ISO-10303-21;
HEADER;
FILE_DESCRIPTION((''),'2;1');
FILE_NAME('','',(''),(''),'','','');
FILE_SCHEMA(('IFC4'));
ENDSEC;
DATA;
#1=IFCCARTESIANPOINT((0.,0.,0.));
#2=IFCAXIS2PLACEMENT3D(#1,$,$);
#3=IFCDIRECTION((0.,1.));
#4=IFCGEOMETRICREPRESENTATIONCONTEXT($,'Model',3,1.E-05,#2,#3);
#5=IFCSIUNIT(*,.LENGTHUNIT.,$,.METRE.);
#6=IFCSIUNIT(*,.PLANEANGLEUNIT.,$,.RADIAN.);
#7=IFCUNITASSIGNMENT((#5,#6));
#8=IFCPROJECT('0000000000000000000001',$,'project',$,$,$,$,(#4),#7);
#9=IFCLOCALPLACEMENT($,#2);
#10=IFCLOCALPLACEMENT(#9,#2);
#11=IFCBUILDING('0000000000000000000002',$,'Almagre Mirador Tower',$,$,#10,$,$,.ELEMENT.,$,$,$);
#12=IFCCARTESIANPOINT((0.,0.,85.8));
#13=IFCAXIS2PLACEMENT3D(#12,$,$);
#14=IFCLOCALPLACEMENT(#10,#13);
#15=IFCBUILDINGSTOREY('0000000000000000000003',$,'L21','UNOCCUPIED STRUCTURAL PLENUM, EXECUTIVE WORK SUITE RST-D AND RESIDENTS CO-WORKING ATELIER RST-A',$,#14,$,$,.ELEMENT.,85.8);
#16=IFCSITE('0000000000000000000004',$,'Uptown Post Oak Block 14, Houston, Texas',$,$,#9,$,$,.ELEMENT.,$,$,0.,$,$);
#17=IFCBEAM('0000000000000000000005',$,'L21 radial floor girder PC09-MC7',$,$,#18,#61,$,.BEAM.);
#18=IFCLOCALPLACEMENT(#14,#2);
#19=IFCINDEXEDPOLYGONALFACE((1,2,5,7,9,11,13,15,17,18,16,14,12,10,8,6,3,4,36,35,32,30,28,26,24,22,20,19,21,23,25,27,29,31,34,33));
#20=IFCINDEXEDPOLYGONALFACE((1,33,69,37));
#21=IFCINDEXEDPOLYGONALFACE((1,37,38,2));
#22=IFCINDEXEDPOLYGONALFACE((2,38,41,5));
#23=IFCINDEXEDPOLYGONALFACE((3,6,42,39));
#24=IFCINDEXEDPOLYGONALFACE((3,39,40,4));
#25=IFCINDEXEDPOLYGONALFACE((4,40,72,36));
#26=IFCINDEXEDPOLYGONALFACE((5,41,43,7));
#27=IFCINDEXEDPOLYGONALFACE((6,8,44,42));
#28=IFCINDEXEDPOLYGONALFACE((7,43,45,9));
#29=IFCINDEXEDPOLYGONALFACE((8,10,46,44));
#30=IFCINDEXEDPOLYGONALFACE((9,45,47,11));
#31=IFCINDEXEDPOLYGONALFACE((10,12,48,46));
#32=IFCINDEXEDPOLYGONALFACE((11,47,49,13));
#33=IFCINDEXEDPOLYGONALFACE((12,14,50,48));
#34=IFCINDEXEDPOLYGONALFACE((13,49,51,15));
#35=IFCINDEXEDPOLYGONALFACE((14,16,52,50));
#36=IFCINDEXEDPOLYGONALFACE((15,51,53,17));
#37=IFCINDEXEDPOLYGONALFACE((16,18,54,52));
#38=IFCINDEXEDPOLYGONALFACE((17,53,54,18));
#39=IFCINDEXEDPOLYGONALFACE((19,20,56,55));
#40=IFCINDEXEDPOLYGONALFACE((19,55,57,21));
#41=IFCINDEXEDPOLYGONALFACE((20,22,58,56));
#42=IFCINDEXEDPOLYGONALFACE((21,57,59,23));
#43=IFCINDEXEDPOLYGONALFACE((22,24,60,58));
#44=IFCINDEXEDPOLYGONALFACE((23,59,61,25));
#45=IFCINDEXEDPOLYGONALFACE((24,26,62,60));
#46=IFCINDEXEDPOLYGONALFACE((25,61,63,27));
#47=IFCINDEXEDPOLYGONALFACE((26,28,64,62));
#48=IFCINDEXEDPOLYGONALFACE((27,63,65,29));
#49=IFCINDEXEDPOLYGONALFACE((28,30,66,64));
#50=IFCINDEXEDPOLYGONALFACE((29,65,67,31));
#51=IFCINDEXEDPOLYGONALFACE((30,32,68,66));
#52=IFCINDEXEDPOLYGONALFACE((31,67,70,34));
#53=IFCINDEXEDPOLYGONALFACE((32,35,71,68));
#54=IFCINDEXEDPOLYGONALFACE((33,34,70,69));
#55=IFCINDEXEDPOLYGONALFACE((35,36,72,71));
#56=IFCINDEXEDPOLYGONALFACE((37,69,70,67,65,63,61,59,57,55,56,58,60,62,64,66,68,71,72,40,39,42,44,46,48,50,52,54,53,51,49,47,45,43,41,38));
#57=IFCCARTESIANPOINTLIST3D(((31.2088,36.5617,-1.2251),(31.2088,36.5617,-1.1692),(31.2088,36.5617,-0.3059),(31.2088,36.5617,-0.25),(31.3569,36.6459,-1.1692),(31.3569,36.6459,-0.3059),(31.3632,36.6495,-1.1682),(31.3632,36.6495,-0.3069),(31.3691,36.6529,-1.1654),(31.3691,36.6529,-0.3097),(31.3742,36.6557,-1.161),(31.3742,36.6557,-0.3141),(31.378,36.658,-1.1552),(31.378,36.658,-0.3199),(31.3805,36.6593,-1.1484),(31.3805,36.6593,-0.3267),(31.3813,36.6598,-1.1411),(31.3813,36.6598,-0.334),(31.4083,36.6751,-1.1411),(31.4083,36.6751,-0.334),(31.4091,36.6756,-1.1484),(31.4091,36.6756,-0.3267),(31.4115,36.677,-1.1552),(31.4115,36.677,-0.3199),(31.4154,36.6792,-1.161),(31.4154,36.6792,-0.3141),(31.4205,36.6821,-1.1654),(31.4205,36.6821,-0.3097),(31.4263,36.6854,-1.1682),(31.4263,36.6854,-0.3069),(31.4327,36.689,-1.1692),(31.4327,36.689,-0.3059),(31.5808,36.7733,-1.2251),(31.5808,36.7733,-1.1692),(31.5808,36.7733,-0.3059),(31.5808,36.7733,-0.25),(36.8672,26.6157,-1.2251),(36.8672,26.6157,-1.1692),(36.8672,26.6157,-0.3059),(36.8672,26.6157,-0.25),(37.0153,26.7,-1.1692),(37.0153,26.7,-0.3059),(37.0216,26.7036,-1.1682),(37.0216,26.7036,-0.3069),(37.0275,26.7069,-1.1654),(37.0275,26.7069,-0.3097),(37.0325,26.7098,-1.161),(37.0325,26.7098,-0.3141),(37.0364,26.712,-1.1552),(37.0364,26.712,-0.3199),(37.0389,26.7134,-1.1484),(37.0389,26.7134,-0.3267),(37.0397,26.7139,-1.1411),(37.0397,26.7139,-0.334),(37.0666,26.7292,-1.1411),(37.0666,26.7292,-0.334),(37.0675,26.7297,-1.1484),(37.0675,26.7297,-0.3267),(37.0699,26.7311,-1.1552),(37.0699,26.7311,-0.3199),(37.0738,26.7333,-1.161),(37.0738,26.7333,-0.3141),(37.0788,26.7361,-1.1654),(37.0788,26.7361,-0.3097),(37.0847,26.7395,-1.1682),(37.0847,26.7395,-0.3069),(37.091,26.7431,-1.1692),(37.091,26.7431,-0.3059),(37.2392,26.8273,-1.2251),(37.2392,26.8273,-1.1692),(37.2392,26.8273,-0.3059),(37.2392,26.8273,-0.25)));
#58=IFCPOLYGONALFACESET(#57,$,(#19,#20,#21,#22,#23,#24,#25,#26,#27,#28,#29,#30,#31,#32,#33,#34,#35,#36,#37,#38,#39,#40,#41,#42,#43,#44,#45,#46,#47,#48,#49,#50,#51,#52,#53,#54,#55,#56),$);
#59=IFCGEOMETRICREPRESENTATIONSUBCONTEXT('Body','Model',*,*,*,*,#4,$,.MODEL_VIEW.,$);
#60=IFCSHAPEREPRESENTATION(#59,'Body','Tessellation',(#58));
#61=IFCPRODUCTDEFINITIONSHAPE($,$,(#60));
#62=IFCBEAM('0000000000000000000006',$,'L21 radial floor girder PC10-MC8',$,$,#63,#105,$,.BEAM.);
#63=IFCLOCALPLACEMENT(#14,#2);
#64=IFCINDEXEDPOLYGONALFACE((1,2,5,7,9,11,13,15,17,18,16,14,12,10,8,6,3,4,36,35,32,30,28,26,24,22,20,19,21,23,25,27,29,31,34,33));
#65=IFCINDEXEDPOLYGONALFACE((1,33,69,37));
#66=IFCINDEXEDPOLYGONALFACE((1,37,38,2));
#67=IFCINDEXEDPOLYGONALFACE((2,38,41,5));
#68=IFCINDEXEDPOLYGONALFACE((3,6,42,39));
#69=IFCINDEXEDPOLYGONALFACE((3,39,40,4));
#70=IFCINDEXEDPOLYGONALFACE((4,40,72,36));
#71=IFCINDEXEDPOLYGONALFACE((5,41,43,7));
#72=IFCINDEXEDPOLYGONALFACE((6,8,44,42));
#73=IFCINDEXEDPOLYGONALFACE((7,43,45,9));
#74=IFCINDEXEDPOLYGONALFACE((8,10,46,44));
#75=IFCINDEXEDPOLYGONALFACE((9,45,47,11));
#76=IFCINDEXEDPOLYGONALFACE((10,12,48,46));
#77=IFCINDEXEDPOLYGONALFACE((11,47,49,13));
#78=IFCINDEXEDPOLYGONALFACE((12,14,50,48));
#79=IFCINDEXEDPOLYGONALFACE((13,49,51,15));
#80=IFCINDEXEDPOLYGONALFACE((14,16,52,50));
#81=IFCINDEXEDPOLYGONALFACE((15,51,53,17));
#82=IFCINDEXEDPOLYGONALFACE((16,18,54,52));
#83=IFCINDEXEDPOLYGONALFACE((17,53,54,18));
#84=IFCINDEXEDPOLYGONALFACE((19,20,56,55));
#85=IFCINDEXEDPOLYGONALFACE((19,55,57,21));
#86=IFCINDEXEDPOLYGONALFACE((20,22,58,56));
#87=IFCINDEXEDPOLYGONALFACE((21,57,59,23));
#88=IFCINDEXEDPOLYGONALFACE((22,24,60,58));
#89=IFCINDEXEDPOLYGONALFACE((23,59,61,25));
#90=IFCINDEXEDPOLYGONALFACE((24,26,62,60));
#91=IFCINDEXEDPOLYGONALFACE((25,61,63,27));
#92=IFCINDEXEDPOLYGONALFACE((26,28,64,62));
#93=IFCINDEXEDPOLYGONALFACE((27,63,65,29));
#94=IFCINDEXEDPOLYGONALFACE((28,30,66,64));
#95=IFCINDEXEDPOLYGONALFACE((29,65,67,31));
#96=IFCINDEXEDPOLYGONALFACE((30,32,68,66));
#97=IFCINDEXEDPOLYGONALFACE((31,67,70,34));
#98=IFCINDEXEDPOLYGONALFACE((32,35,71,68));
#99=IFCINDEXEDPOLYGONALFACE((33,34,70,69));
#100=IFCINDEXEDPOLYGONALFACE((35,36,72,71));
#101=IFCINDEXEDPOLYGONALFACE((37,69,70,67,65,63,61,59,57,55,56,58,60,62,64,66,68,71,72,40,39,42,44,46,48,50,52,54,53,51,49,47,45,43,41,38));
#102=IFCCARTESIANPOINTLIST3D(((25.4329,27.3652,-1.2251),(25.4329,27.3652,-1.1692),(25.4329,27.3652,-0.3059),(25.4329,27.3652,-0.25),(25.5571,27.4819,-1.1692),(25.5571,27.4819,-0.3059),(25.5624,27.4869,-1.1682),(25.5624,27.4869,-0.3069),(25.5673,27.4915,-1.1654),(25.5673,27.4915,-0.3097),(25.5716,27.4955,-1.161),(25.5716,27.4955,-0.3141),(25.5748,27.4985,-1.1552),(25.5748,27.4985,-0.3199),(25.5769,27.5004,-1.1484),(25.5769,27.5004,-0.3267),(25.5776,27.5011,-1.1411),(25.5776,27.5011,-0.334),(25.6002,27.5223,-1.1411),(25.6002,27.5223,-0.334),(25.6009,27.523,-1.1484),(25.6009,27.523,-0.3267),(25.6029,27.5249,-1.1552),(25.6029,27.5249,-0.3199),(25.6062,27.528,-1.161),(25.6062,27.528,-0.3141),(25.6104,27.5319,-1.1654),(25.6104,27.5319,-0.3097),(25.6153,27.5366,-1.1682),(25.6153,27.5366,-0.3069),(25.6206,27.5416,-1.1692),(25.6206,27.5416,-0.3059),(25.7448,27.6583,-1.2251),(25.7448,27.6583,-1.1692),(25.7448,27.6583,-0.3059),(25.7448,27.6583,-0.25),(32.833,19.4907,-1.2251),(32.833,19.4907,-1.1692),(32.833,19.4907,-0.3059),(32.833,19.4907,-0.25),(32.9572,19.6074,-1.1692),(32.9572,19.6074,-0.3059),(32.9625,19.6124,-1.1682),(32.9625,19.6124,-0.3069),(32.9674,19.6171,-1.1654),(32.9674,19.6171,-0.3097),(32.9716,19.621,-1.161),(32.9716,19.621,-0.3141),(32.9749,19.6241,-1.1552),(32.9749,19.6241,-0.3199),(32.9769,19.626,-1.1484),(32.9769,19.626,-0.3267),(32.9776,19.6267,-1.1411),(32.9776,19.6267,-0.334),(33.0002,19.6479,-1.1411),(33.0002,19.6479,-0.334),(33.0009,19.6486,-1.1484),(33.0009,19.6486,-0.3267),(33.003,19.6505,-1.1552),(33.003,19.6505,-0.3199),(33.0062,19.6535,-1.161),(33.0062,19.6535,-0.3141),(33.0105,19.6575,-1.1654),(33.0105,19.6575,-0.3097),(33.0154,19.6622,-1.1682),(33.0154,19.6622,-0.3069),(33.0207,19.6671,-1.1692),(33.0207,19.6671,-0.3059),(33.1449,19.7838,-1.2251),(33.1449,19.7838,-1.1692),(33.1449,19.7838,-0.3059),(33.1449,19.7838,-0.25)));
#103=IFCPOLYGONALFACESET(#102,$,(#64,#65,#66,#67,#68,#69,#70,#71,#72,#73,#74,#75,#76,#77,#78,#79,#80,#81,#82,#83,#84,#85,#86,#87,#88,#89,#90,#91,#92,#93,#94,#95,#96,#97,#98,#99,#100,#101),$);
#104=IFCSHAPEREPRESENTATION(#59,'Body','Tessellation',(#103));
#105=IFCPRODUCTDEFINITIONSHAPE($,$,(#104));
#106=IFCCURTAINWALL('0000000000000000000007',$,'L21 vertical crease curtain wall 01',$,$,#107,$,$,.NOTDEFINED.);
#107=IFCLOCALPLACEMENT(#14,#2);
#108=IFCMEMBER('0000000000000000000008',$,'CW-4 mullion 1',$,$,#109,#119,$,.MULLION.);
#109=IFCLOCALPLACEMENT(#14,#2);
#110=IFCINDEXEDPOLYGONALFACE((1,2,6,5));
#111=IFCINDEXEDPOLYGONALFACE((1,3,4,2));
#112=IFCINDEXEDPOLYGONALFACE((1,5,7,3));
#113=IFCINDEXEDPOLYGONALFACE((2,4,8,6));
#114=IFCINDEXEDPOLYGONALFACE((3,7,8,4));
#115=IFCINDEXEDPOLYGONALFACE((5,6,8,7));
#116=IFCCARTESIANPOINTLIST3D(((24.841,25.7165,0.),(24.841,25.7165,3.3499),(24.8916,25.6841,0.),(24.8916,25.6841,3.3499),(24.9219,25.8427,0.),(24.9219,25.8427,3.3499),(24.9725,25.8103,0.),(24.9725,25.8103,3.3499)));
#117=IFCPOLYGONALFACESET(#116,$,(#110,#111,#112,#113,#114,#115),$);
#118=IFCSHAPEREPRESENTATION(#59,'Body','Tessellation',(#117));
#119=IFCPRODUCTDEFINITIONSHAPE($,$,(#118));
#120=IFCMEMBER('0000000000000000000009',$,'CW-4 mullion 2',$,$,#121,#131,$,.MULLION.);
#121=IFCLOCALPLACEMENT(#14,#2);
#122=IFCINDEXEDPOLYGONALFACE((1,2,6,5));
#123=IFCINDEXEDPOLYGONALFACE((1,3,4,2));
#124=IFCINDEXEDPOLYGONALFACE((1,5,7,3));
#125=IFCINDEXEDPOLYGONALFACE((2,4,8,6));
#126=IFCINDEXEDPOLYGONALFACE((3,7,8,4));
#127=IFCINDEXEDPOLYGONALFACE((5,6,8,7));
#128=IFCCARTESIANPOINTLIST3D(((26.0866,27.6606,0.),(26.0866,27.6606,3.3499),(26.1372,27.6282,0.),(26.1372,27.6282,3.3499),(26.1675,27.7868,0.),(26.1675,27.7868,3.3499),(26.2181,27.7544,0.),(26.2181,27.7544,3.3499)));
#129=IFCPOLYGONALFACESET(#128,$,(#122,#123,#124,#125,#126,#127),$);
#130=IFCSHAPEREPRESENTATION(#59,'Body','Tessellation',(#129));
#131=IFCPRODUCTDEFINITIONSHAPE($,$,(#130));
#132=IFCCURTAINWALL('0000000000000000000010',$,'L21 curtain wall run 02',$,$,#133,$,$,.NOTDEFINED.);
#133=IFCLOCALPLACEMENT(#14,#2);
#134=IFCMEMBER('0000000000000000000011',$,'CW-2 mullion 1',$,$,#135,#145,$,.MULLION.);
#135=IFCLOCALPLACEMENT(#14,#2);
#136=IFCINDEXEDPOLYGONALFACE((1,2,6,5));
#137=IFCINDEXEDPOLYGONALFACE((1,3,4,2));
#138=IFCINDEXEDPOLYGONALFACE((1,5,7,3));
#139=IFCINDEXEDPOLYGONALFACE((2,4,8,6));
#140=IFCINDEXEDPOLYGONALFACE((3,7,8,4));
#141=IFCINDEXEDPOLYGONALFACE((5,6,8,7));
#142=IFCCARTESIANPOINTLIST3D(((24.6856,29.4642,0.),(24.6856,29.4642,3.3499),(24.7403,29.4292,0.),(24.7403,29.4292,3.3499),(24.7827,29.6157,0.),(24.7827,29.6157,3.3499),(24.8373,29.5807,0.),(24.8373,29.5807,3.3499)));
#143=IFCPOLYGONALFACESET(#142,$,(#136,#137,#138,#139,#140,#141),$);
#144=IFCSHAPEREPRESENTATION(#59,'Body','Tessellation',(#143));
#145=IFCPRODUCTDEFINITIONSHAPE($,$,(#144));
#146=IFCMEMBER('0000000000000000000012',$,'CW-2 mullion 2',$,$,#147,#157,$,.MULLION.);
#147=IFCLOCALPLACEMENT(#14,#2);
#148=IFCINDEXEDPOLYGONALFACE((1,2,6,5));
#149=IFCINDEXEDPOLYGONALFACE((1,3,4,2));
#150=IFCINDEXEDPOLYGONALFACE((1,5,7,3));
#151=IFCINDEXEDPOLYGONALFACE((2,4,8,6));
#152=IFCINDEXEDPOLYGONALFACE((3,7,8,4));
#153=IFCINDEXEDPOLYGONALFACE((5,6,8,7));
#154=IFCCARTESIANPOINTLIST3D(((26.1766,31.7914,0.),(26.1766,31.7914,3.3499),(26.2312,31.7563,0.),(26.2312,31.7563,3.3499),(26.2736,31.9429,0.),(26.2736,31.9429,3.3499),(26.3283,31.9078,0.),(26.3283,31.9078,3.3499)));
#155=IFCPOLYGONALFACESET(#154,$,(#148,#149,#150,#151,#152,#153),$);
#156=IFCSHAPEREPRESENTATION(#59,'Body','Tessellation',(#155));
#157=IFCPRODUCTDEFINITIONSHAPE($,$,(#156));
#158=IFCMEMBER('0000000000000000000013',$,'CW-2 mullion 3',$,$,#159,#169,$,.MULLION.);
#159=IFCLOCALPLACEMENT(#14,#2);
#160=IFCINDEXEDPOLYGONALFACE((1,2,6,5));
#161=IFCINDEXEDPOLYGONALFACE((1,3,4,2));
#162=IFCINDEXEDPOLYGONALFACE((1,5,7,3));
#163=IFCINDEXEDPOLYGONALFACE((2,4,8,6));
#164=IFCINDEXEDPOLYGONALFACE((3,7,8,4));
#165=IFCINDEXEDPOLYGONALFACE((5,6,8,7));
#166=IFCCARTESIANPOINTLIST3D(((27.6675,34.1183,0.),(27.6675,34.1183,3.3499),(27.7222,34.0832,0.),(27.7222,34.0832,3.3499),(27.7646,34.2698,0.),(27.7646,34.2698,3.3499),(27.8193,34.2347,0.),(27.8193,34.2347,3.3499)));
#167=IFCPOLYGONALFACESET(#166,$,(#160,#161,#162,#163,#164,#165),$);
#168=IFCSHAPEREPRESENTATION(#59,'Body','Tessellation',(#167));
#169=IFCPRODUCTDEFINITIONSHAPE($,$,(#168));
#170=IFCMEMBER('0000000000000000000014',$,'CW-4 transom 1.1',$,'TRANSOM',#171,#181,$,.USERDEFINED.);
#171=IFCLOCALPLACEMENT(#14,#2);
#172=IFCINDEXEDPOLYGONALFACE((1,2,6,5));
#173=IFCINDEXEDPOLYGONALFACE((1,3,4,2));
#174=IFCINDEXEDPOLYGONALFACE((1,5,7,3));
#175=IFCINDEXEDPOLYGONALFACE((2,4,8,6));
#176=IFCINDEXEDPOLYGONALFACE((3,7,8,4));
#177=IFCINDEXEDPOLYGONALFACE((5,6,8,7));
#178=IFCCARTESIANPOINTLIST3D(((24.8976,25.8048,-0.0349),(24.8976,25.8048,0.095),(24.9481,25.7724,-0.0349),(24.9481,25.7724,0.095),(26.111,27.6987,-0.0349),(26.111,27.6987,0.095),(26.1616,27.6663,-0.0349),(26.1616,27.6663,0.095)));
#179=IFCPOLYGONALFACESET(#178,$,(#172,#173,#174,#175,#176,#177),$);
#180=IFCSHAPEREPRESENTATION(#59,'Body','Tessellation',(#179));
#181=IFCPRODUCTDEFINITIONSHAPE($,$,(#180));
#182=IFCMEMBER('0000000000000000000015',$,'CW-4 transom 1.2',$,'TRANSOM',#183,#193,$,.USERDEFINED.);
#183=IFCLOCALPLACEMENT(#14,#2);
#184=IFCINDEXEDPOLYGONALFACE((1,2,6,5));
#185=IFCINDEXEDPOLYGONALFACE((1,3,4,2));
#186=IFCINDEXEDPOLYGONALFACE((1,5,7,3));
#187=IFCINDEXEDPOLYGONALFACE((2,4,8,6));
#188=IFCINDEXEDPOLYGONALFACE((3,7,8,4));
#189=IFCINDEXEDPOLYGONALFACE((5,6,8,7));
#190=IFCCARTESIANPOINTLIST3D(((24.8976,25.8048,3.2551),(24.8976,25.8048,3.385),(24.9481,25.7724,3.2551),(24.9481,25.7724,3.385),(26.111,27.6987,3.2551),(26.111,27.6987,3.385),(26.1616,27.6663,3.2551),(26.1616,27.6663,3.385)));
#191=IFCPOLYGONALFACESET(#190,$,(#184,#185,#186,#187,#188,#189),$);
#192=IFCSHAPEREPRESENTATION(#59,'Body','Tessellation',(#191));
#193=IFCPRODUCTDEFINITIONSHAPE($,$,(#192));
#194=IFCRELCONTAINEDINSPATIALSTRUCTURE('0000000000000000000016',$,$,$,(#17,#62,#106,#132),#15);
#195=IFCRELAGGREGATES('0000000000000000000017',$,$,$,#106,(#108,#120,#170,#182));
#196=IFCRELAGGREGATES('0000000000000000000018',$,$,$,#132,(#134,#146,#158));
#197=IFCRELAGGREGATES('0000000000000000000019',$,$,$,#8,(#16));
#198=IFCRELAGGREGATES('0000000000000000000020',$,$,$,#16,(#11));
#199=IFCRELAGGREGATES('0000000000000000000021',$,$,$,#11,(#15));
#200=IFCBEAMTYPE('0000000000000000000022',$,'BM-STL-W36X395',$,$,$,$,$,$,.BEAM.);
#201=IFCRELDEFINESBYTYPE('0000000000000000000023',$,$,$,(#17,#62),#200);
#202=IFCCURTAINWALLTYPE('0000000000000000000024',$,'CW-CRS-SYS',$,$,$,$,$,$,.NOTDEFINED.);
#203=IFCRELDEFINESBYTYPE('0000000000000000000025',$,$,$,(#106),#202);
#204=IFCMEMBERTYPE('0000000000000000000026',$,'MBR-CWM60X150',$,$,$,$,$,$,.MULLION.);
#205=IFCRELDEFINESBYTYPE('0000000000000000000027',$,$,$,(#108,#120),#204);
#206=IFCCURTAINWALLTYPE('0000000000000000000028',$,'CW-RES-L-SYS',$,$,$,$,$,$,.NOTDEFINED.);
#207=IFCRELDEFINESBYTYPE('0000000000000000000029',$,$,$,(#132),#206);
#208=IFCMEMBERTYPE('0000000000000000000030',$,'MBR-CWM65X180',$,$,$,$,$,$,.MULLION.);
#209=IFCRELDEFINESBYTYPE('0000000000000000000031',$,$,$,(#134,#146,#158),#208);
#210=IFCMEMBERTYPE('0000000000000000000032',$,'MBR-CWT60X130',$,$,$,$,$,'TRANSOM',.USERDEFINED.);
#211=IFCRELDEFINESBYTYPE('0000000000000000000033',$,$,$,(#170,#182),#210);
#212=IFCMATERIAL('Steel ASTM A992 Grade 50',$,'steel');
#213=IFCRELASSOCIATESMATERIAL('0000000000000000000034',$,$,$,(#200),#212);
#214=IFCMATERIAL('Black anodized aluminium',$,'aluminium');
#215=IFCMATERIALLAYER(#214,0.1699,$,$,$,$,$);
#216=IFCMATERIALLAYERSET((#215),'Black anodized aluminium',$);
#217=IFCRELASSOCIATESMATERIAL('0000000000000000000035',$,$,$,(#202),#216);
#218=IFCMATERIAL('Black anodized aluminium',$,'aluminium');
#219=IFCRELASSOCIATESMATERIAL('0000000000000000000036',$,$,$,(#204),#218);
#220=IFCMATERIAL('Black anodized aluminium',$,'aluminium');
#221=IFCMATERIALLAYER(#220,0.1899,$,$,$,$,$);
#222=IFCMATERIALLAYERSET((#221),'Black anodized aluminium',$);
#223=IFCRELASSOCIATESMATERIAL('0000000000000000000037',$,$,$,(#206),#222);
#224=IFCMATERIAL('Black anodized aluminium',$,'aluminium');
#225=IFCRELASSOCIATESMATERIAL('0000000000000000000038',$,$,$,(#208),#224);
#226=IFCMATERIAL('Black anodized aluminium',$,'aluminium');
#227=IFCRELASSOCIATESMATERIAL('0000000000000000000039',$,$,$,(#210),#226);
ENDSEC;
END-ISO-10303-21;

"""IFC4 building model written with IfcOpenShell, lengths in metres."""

from ifc_helpers import new_model, si_unit, direction, frame, origin, origin_2d, place, context, subcontext, project, spatial, rectangle, i_section, extrude, material, layer, layer_set, material_profile, profile_set, type_object, element, aggregate, save


model = new_model("IFC4")

# Units and contexts
model_context = context("Model", 3, precision=1e-05, world=origin(), true_north=direction((0.0, 1.0)))
body_context = subcontext(model_context, "Body", "Model", "MODEL_VIEW")
ifc_project = project(units=[si_unit("LENGTHUNIT", "METRE"), si_unit("PLANEANGLEUNIT", "RADIAN")], contexts=[model_context])

# Site, building, storey
site_placement = place(None, origin())
site = spatial("IfcSite", under=ifc_project, at=site_placement, Name="Uptown Post Oak Block 14, Houston, Texas", CompositionType="ELEMENT", RefElevation=0.0)
building_placement = place(site_placement, origin())
building = spatial("IfcBuilding", under=site, at=building_placement, Name="Almagre Mirador Tower", CompositionType="ELEMENT")
storey_placement = place(building_placement, frame((0.0, 0.0, 85.8)))
storey = spatial("IfcBuildingStorey", under=building, at=storey_placement, Name="L21", Description="UNOCCUPIED STRUCTURAL PLENUM, EXECUTIVE WORK SUITE RST-D AND RESIDENTS CO-WORKING ATELIER RST-A", CompositionType="ELEMENT", Elevation=85.8)

# Beams
ifc_material_1 = material(Name="Steel ASTM A992 Grade 50", Category="steel")
ifc_material_profile_1 = material_profile(ifc_material_1, i_section(OverallWidth=0.428, OverallDepth=0.9751, WebThickness=0.031, FlangeThickness=0.0559, FilletRadius=0.0281, at=origin_2d()), Name="W36X395")
ifc_profile_set_1 = profile_set([ifc_material_profile_1], Name="Steel ASTM A992 Grade 50")
beam_type_1 = type_object("IfcBeamType", Name="BM-STL-W36X395", PredefinedType="BEAM", material=ifc_profile_set_1)
beam_1_placement = place(storey_placement, frame((31.3948, 36.6675, -0.7375), z_axis=(0.494491, -0.869183, 0.0), x_axis=(0.869183, 0.494491, 0.0)))
element("IfcBeam", 1, at=beam_1_placement, inside=storey, type_object=beam_type_1, Name="L21 radial floor girder PC09-MC7", PredefinedType="BEAM", context=body_context, shape_type="SweptSolid", body=[
    extrude(i_section(OverallWidth=0.428, OverallDepth=0.9751, WebThickness=0.031, FlangeThickness=0.0559, FilletRadius=0.0281, at=origin_2d()), origin(), (0.0, 0.0, 1.0), 11.4429),
])
beam_2_placement = place(storey_placement, frame((25.5889, 27.5117, -0.7375), z_axis=(0.684817, -0.728715, 0.0), x_axis=(0.728715, 0.684817, 0.0)))
element("IfcBeam", 2, at=beam_2_placement, inside=storey, type_object=beam_type_1, Name="L21 radial floor girder PC10-MC8", PredefinedType="BEAM", context=body_context, shape_type="SweptSolid", body=[
    extrude(i_section(OverallWidth=0.428, OverallDepth=0.9751, WebThickness=0.031, FlangeThickness=0.0559, FilletRadius=0.0281, at=origin_2d()), origin(), (0.0, 0.0, 1.0), 10.8059),
])

# Curtain walls, members
ifc_material_2 = material(Name="Black anodized aluminium", Category="aluminium")
ifc_layer_1 = layer(ifc_material_2, 0.1699)
ifc_layer_set_1 = layer_set([ifc_layer_1], Name="Black anodized aluminium")
curtain_wall_type_1 = type_object("IfcCurtainWallType", Name="CW-CRS-SYS", PredefinedType="NOTDEFINED", material=ifc_layer_set_1)
curtain_wall_1_placement = place(storey_placement, origin())
curtain_wall_1 = element("IfcCurtainWall", 3, at=curtain_wall_1_placement, inside=storey, type_object=curtain_wall_type_1, Name="L21 vertical crease curtain wall 01", PredefinedType="NOTDEFINED")
ifc_material_3 = material(Name="Black anodized aluminium", Category="aluminium")
ifc_material_profile_2 = material_profile(ifc_material_3, rectangle(XDim=0.0601, YDim=0.1499, at=origin_2d()), Name="CWM60X150")
ifc_profile_set_2 = profile_set([ifc_material_profile_2], Name="Black anodized aluminium")
member_type_1 = type_object("IfcMemberType", Name="MBR-CWM60X150", PredefinedType="MULLION", material=ifc_profile_set_2)
member_1_placement = place(storey_placement, frame((24.9067, 25.7634, 0.0), z_axis=(0.0, 0.0, 1.0), x_axis=(-0.842017, 0.539451, 0.0)))
member_1 = element("IfcMember", 4, at=member_1_placement, type_object=member_type_1, Name="CW-4 mullion 1", PredefinedType="MULLION", context=body_context, shape_type="SweptSolid", body=[
    extrude(rectangle(XDim=0.0601, YDim=0.1499, at=origin_2d()), origin(), (0.0, 0.0, 1.0), 3.3499),
])
member_2_placement = place(storey_placement, frame((26.1523, 27.7075, 0.0), z_axis=(0.0, 0.0, 1.0), x_axis=(-0.842017, 0.539451, 0.0)))
member_2 = element("IfcMember", 5, at=member_2_placement, type_object=member_type_1, Name="CW-4 mullion 2", PredefinedType="MULLION", context=body_context, shape_type="SweptSolid", body=[
    extrude(rectangle(XDim=0.0601, YDim=0.1499, at=origin_2d()), origin(), (0.0, 0.0, 1.0), 3.3499),
])
ifc_material_4 = material(Name="Black anodized aluminium", Category="aluminium")
ifc_layer_2 = layer(ifc_material_4, 0.1899)
ifc_layer_set_2 = layer_set([ifc_layer_2], Name="Black anodized aluminium")
curtain_wall_type_2 = type_object("IfcCurtainWallType", Name="CW-RES-L-SYS", PredefinedType="NOTDEFINED", material=ifc_layer_set_2)
curtain_wall_2_placement = place(storey_placement, origin())
curtain_wall_2 = element("IfcCurtainWall", 6, at=curtain_wall_2_placement, inside=storey, type_object=curtain_wall_type_2, Name="L21 curtain wall run 02", PredefinedType="NOTDEFINED")
ifc_material_5 = material(Name="Black anodized aluminium", Category="aluminium")
ifc_material_profile_3 = material_profile(ifc_material_5, rectangle(XDim=0.0649, YDim=0.1799, at=origin_2d()), Name="CWM65X180")
ifc_profile_set_3 = profile_set([ifc_material_profile_3], Name="Black anodized aluminium")
member_type_2 = type_object("IfcMemberType", Name="MBR-CWM65X180", PredefinedType="MULLION", material=ifc_profile_set_3)
member_3_placement = place(storey_placement, frame((24.7615, 29.5225, 0.0), z_axis=(0.0, 0.0, 1.0), x_axis=(-0.842008, 0.539465, 0.0)))
member_3 = element("IfcMember", 7, at=member_3_placement, type_object=member_type_2, Name="CW-2 mullion 1", PredefinedType="MULLION", context=body_context, shape_type="SweptSolid", body=[
    extrude(rectangle(XDim=0.0649, YDim=0.1799, at=origin_2d()), origin(), (0.0, 0.0, 1.0), 3.3499),
])
member_4_placement = place(storey_placement, frame((26.2524, 31.8496, 0.0), z_axis=(0.0, 0.0, 1.0), x_axis=(-0.842008, 0.539465, 0.0)))
member_4 = element("IfcMember", 8, at=member_4_placement, type_object=member_type_2, Name="CW-2 mullion 2", PredefinedType="MULLION", context=body_context, shape_type="SweptSolid", body=[
    extrude(rectangle(XDim=0.0649, YDim=0.1799, at=origin_2d()), origin(), (0.0, 0.0, 1.0), 3.3499),
])
member_5_placement = place(storey_placement, frame((27.7434, 34.1765, 0.0), z_axis=(0.0, 0.0, 1.0), x_axis=(-0.842008, 0.539465, 0.0)))
member_5 = element("IfcMember", 9, at=member_5_placement, type_object=member_type_2, Name="CW-2 mullion 3", PredefinedType="MULLION", context=body_context, shape_type="SweptSolid", body=[
    extrude(rectangle(XDim=0.0649, YDim=0.1799, at=origin_2d()), origin(), (0.0, 0.0, 1.0), 3.3499),
])

# Members
ifc_material_6 = material(Name="Black anodized aluminium", Category="aluminium")
ifc_material_profile_4 = material_profile(ifc_material_6, rectangle(XDim=0.0601, YDim=0.1299, at=origin_2d()), Name="CWT60X130")
ifc_profile_set_4 = profile_set([ifc_material_profile_4], Name="Black anodized aluminium")
member_type_3 = type_object("IfcMemberType", Name="MBR-CWT60X130", ElementType="TRANSOM", PredefinedType="USERDEFINED", material=ifc_profile_set_4)
member_6_placement = place(storey_placement, frame((24.9229, 25.7886, 0.03), z_axis=(0.539479, 0.841999, 0.0), x_axis=(-0.841999, 0.539479, 0.0)))
member_6 = element("IfcMember", 10, at=member_6_placement, type_object=member_type_3, Name="CW-4 transom 1.1", ObjectType="TRANSOM", PredefinedType="USERDEFINED", context=body_context, shape_type="SweptSolid", body=[
    extrude(rectangle(XDim=0.0601, YDim=0.1299, at=origin_2d()), origin(), (0.0, 0.0, 1.0), 2.2493),
])
member_7_placement = place(storey_placement, frame((24.9229, 25.7886, 3.3201), z_axis=(0.539479, 0.841999, 0.0), x_axis=(-0.841999, 0.539479, 0.0)))
member_7 = element("IfcMember", 11, at=member_7_placement, type_object=member_type_3, Name="CW-4 transom 1.2", ObjectType="TRANSOM", PredefinedType="USERDEFINED", context=body_context, shape_type="SweptSolid", body=[
    extrude(rectangle(XDim=0.0601, YDim=0.1299, at=origin_2d()), origin(), (0.0, 0.0, 1.0), 2.2493),
])

aggregate(curtain_wall_1, [member_1, member_2, member_6, member_7])
aggregate(curtain_wall_2, [member_3, member_4, member_5])

save(model, "model.ifc")
